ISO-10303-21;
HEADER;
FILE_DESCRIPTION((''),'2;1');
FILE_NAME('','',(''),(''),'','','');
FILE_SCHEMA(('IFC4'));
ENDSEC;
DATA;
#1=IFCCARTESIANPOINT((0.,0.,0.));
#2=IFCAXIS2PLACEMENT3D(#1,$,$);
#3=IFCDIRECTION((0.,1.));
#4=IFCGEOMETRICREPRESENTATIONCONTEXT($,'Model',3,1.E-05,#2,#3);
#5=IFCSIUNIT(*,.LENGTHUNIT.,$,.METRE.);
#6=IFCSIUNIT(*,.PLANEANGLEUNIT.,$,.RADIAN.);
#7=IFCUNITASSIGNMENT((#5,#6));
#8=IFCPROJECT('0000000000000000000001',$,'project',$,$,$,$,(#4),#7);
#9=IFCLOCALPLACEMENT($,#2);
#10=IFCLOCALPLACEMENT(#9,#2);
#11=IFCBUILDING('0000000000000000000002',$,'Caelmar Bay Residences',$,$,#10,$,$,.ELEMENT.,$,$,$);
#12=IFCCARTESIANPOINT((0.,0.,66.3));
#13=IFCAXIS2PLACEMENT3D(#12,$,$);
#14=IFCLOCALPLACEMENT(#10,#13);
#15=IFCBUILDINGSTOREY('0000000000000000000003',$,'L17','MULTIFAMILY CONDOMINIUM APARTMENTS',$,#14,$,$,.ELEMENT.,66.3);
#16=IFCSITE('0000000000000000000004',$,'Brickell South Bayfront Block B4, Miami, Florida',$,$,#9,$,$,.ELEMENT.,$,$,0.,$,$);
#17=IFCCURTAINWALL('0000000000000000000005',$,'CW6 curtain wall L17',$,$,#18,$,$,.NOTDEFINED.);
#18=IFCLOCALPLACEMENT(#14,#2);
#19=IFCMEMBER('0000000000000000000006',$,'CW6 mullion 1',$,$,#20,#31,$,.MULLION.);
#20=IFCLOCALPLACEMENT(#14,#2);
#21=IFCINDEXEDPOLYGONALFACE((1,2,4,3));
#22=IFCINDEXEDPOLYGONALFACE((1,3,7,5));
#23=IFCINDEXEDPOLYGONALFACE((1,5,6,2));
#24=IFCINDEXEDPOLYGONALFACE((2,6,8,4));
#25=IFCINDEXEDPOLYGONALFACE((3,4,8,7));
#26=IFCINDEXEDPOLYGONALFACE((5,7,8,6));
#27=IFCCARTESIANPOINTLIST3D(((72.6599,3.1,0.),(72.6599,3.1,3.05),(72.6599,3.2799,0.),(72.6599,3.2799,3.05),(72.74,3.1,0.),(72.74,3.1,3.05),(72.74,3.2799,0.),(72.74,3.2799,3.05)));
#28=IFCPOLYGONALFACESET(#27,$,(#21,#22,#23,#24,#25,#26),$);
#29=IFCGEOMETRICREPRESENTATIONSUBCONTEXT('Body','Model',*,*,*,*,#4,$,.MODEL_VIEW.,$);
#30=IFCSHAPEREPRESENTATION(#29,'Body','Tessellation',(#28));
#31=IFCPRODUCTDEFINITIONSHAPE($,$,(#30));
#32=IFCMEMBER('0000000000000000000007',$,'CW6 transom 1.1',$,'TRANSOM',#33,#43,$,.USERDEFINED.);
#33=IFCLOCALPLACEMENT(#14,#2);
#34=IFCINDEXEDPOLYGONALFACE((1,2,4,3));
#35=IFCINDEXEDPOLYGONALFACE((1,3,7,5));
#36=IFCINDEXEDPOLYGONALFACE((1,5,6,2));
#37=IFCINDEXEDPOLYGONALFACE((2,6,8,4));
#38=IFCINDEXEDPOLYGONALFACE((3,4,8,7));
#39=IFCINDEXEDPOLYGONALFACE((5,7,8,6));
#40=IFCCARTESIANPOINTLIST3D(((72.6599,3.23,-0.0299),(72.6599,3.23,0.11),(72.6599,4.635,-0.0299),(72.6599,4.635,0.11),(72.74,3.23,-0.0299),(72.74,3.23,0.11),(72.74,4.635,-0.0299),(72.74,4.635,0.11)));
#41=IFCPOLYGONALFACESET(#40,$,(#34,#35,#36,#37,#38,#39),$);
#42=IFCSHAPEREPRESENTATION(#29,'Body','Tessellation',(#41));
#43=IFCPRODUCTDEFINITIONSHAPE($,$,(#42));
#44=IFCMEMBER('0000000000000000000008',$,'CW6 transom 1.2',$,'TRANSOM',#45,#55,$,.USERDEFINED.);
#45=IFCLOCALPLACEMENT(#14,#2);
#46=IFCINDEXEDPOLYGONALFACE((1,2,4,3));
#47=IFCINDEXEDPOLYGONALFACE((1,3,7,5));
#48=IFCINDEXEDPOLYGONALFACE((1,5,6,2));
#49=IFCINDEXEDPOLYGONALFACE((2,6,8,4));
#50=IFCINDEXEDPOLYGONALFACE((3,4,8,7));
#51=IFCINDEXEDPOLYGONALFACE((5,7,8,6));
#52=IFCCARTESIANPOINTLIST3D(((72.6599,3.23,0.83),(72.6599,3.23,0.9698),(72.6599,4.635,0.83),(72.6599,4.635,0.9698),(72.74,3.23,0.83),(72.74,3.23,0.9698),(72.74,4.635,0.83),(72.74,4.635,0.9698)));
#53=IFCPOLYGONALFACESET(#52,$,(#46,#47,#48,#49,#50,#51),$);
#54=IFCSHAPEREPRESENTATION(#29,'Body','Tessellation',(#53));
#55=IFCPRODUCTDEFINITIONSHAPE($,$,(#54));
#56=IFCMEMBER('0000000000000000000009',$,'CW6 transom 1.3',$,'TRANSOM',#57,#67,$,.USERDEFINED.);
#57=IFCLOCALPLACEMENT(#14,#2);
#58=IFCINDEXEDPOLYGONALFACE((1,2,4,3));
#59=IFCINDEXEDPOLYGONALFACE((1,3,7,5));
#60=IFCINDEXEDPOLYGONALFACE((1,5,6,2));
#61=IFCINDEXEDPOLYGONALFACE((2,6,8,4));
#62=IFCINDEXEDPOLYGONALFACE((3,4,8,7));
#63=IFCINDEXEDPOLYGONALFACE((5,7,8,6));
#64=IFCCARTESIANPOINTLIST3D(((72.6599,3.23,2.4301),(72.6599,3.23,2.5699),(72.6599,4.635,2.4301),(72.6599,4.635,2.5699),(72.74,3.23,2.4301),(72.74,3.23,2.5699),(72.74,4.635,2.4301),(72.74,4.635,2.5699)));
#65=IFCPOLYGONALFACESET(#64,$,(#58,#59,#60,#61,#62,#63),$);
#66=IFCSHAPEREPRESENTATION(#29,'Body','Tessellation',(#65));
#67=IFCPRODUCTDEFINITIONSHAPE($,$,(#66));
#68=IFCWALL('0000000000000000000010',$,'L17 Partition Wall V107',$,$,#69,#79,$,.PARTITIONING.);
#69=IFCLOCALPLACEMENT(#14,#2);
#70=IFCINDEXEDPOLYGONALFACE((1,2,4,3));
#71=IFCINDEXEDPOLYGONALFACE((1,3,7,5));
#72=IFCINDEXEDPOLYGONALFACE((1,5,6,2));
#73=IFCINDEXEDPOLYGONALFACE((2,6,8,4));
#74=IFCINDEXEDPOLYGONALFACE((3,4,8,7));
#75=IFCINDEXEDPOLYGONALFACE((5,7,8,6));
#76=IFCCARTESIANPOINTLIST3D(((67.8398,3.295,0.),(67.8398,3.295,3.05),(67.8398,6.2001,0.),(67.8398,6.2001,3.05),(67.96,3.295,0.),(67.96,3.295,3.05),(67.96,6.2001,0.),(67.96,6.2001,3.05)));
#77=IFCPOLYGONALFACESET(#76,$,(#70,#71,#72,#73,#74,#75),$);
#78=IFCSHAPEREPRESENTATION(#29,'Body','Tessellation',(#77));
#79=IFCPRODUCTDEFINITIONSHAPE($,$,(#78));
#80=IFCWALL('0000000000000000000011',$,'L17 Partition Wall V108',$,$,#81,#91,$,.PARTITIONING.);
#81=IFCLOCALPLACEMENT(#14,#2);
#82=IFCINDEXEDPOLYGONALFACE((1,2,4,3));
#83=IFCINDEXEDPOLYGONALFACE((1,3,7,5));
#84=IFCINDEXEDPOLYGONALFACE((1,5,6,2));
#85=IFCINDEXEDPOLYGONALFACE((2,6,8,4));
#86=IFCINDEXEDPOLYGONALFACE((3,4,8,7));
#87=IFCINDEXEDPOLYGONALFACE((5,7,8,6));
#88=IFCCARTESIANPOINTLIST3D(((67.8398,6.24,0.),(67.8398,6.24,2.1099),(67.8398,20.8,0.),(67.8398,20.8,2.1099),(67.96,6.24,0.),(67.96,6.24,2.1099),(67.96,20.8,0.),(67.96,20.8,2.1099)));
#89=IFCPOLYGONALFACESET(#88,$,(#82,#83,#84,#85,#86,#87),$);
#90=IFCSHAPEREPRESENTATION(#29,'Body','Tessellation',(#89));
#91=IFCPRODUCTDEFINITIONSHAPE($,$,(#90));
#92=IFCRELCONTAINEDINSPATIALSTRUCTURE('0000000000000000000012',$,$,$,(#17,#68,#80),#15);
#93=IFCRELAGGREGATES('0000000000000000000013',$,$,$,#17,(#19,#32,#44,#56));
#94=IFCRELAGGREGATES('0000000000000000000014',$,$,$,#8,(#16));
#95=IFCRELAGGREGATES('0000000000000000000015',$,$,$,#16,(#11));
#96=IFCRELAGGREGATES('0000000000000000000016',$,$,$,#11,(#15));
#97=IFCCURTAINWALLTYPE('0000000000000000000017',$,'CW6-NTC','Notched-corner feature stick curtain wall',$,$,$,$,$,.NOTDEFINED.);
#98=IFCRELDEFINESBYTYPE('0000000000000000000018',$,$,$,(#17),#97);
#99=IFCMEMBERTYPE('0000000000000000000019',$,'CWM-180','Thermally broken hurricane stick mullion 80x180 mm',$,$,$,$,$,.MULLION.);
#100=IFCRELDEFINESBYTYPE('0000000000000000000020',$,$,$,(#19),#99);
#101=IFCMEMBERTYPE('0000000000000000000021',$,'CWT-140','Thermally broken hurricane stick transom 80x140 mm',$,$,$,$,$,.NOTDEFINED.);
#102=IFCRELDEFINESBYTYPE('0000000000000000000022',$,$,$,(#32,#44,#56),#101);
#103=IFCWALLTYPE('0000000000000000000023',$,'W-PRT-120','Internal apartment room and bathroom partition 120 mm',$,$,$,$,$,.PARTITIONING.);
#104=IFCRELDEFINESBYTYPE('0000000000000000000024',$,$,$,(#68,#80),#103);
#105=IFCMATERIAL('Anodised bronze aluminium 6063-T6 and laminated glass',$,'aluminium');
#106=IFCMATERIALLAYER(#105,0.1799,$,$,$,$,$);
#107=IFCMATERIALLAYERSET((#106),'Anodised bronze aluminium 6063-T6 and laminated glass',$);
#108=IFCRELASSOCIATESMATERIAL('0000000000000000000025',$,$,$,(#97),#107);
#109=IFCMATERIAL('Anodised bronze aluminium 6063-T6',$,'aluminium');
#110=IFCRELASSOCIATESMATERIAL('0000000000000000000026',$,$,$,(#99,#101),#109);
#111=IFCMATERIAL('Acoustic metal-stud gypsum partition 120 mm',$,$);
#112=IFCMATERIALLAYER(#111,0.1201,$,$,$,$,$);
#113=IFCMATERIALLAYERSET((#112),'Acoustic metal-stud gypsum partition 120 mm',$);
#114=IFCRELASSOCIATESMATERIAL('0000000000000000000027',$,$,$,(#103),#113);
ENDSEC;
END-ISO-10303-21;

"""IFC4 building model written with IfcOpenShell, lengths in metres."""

from ifc_helpers import new_model, si_unit, direction, frame, frame_2d, origin, origin_2d, place, context, subcontext, project, spatial, rectangle, extrude, material, layer, layer_set, material_profile, profile_set, type_object, element, aggregate, save


model = new_model("IFC4")

# Units and contexts
model_context = context("Model", 3, precision=1e-05, world=origin(), true_north=direction((0.0, 1.0)))
body_context = subcontext(model_context, "Body", "Model", "MODEL_VIEW")
ifc_project = project(units=[si_unit("LENGTHUNIT", "METRE"), si_unit("PLANEANGLEUNIT", "RADIAN")], contexts=[model_context])

# Site, building, storey
site_placement = place(None, origin())
site = spatial("IfcSite", under=ifc_project, at=site_placement, Name="Brickell South Bayfront Block B4, Miami, Florida", CompositionType="ELEMENT", RefElevation=0.0)
building_placement = place(site_placement, origin())
building = spatial("IfcBuilding", under=site, at=building_placement, Name="Caelmar Bay Residences", CompositionType="ELEMENT")
storey_placement = place(building_placement, frame((0.0, 0.0, 66.3)))
storey = spatial("IfcBuildingStorey", under=building, at=storey_placement, Name="L17", Description="MULTIFAMILY CONDOMINIUM APARTMENTS", CompositionType="ELEMENT", Elevation=66.3)

# Curtain wall, members
ifc_material_1 = material(Name="Anodised bronze aluminium 6063-T6 and laminated glass", Category="aluminium")
ifc_layer_1 = layer(ifc_material_1, 0.1799)
ifc_layer_set_1 = layer_set([ifc_layer_1], Name="Anodised bronze aluminium 6063-T6 and laminated glass")
curtain_wall_type = type_object("IfcCurtainWallType", Name="CW6-NTC", Description="Notched-corner feature stick curtain wall", PredefinedType="NOTDEFINED", material=ifc_layer_set_1)
curtain_wall_placement = place(storey_placement, origin())
curtain_wall = element("IfcCurtainWall", 1, at=curtain_wall_placement, inside=storey, type_object=curtain_wall_type, Name="CW6 curtain wall L17", PredefinedType="NOTDEFINED")
ifc_material_2 = material(Name="Anodised bronze aluminium 6063-T6", Category="aluminium")
ifc_material_profile_1 = material_profile(ifc_material_2, rectangle(XDim=0.0801, YDim=0.1799, at=origin_2d()), Name="CWM-80X180")
ifc_profile_set_1 = profile_set([ifc_material_profile_1], Name="Anodised bronze aluminium 6063-T6")
member_type_1 = type_object("IfcMemberType", Name="CWM-180", Description="Thermally broken hurricane stick mullion 80x180 mm", PredefinedType="MULLION", material=ifc_profile_set_1)
member_1_placement = place(storey_placement, frame((72.7, 3.1899, 0.0), z_axis=(0.0, 0.0, 1.0), x_axis=(-1.0, 0.0, 0.0)))
member_1 = element("IfcMember", 2, at=member_1_placement, type_object=member_type_1, Name="CW6 mullion 1", PredefinedType="MULLION", context=body_context, shape_type="SweptSolid", body=[
    extrude(rectangle(XDim=0.0801, YDim=0.1799, at=origin_2d()), origin(), (0.0, 0.0, 1.0), 3.05),
])
ifc_material_profile_2 = material_profile(ifc_material_2, rectangle(XDim=0.0801, YDim=0.1399, at=origin_2d()), Name="CWT-80X140")
ifc_profile_set_2 = profile_set([ifc_material_profile_2], Name="Anodised bronze aluminium 6063-T6")
member_type_2 = type_object("IfcMemberType", Name="CWT-140", Description="Thermally broken hurricane stick transom 80x140 mm", PredefinedType="NOTDEFINED", material=ifc_profile_set_2)
member_2_placement = place(storey_placement, frame((72.7, 3.23, 0.04), z_axis=(0.0, 1.0, 0.0), x_axis=(-1.0, 0.0, 0.0)))
member_2 = element("IfcMember", 3, at=member_2_placement, type_object=member_type_2, Name="CW6 transom 1.1", ObjectType="TRANSOM", PredefinedType="USERDEFINED", context=body_context, shape_type="SweptSolid", body=[
    extrude(rectangle(XDim=0.0801, YDim=0.1399, at=origin_2d()), origin(), (0.0, 0.0, 1.0), 1.405),
])
member_3_placement = place(storey_placement, frame((72.7, 3.23, 0.8999), z_axis=(0.0, 1.0, 0.0), x_axis=(-1.0, 0.0, 0.0)))
member_3 = element("IfcMember", 4, at=member_3_placement, type_object=member_type_2, Name="CW6 transom 1.2", ObjectType="TRANSOM", PredefinedType="USERDEFINED", context=body_context, shape_type="SweptSolid", body=[
    extrude(rectangle(XDim=0.0801, YDim=0.1399, at=origin_2d()), origin(), (0.0, 0.0, 1.0), 1.405),
])
member_4_placement = place(storey_placement, frame((72.7, 3.23, 2.5), z_axis=(0.0, 1.0, 0.0), x_axis=(-1.0, 0.0, 0.0)))
member_4 = element("IfcMember", 5, at=member_4_placement, type_object=member_type_2, Name="CW6 transom 1.3", ObjectType="TRANSOM", PredefinedType="USERDEFINED", context=body_context, shape_type="SweptSolid", body=[
    extrude(rectangle(XDim=0.0801, YDim=0.1399, at=origin_2d()), origin(), (0.0, 0.0, 1.0), 1.405),
])
aggregate(curtain_wall, [member_1, member_2, member_3, member_4])

# Walls
ifc_material_3 = material(Name="Acoustic metal-stud gypsum partition 120 mm")
ifc_layer_2 = layer(ifc_material_3, 0.1201)
ifc_layer_set_2 = layer_set([ifc_layer_2], Name="Acoustic metal-stud gypsum partition 120 mm")
wall_type_1 = type_object("IfcWallType", Name="W-PRT-120", Description="Internal apartment room and bathroom partition 120 mm", PredefinedType="PARTITIONING", material=ifc_layer_set_2)
wall_1_placement = place(storey_placement, frame((67.8999, 3.2949, 0.0), z_axis=(0.0, 0.0, 1.0), x_axis=(0.0, 1.0, 0.0)))
element("IfcWall", 6, at=wall_1_placement, inside=storey, type_object=wall_type_1, Name="L17 Partition Wall V107", PredefinedType="PARTITIONING", context=body_context, shape_type="SweptSolid", body=[
    extrude(rectangle(XDim=2.905, YDim=0.1201, at=frame_2d((1.4526, 0.0))), origin(), (0.0, 0.0, 1.0), 3.05),
])
wall_2_placement = place(storey_placement, frame((67.8999, 6.24, 0.0), z_axis=(0.0, 0.0, 1.0), x_axis=(0.0, 1.0, 0.0)))
element("IfcWall", 7, at=wall_2_placement, inside=storey, type_object=wall_type_1, Name="L17 Partition Wall V108", PredefinedType="PARTITIONING", context=body_context, shape_type="SweptSolid", body=[
    extrude(rectangle(XDim=14.5601, YDim=0.1201, at=frame_2d((7.28, 0.0))), origin(), (0.0, 0.0, 1.0), 2.1099),
])

save(model, "model.ifc")
